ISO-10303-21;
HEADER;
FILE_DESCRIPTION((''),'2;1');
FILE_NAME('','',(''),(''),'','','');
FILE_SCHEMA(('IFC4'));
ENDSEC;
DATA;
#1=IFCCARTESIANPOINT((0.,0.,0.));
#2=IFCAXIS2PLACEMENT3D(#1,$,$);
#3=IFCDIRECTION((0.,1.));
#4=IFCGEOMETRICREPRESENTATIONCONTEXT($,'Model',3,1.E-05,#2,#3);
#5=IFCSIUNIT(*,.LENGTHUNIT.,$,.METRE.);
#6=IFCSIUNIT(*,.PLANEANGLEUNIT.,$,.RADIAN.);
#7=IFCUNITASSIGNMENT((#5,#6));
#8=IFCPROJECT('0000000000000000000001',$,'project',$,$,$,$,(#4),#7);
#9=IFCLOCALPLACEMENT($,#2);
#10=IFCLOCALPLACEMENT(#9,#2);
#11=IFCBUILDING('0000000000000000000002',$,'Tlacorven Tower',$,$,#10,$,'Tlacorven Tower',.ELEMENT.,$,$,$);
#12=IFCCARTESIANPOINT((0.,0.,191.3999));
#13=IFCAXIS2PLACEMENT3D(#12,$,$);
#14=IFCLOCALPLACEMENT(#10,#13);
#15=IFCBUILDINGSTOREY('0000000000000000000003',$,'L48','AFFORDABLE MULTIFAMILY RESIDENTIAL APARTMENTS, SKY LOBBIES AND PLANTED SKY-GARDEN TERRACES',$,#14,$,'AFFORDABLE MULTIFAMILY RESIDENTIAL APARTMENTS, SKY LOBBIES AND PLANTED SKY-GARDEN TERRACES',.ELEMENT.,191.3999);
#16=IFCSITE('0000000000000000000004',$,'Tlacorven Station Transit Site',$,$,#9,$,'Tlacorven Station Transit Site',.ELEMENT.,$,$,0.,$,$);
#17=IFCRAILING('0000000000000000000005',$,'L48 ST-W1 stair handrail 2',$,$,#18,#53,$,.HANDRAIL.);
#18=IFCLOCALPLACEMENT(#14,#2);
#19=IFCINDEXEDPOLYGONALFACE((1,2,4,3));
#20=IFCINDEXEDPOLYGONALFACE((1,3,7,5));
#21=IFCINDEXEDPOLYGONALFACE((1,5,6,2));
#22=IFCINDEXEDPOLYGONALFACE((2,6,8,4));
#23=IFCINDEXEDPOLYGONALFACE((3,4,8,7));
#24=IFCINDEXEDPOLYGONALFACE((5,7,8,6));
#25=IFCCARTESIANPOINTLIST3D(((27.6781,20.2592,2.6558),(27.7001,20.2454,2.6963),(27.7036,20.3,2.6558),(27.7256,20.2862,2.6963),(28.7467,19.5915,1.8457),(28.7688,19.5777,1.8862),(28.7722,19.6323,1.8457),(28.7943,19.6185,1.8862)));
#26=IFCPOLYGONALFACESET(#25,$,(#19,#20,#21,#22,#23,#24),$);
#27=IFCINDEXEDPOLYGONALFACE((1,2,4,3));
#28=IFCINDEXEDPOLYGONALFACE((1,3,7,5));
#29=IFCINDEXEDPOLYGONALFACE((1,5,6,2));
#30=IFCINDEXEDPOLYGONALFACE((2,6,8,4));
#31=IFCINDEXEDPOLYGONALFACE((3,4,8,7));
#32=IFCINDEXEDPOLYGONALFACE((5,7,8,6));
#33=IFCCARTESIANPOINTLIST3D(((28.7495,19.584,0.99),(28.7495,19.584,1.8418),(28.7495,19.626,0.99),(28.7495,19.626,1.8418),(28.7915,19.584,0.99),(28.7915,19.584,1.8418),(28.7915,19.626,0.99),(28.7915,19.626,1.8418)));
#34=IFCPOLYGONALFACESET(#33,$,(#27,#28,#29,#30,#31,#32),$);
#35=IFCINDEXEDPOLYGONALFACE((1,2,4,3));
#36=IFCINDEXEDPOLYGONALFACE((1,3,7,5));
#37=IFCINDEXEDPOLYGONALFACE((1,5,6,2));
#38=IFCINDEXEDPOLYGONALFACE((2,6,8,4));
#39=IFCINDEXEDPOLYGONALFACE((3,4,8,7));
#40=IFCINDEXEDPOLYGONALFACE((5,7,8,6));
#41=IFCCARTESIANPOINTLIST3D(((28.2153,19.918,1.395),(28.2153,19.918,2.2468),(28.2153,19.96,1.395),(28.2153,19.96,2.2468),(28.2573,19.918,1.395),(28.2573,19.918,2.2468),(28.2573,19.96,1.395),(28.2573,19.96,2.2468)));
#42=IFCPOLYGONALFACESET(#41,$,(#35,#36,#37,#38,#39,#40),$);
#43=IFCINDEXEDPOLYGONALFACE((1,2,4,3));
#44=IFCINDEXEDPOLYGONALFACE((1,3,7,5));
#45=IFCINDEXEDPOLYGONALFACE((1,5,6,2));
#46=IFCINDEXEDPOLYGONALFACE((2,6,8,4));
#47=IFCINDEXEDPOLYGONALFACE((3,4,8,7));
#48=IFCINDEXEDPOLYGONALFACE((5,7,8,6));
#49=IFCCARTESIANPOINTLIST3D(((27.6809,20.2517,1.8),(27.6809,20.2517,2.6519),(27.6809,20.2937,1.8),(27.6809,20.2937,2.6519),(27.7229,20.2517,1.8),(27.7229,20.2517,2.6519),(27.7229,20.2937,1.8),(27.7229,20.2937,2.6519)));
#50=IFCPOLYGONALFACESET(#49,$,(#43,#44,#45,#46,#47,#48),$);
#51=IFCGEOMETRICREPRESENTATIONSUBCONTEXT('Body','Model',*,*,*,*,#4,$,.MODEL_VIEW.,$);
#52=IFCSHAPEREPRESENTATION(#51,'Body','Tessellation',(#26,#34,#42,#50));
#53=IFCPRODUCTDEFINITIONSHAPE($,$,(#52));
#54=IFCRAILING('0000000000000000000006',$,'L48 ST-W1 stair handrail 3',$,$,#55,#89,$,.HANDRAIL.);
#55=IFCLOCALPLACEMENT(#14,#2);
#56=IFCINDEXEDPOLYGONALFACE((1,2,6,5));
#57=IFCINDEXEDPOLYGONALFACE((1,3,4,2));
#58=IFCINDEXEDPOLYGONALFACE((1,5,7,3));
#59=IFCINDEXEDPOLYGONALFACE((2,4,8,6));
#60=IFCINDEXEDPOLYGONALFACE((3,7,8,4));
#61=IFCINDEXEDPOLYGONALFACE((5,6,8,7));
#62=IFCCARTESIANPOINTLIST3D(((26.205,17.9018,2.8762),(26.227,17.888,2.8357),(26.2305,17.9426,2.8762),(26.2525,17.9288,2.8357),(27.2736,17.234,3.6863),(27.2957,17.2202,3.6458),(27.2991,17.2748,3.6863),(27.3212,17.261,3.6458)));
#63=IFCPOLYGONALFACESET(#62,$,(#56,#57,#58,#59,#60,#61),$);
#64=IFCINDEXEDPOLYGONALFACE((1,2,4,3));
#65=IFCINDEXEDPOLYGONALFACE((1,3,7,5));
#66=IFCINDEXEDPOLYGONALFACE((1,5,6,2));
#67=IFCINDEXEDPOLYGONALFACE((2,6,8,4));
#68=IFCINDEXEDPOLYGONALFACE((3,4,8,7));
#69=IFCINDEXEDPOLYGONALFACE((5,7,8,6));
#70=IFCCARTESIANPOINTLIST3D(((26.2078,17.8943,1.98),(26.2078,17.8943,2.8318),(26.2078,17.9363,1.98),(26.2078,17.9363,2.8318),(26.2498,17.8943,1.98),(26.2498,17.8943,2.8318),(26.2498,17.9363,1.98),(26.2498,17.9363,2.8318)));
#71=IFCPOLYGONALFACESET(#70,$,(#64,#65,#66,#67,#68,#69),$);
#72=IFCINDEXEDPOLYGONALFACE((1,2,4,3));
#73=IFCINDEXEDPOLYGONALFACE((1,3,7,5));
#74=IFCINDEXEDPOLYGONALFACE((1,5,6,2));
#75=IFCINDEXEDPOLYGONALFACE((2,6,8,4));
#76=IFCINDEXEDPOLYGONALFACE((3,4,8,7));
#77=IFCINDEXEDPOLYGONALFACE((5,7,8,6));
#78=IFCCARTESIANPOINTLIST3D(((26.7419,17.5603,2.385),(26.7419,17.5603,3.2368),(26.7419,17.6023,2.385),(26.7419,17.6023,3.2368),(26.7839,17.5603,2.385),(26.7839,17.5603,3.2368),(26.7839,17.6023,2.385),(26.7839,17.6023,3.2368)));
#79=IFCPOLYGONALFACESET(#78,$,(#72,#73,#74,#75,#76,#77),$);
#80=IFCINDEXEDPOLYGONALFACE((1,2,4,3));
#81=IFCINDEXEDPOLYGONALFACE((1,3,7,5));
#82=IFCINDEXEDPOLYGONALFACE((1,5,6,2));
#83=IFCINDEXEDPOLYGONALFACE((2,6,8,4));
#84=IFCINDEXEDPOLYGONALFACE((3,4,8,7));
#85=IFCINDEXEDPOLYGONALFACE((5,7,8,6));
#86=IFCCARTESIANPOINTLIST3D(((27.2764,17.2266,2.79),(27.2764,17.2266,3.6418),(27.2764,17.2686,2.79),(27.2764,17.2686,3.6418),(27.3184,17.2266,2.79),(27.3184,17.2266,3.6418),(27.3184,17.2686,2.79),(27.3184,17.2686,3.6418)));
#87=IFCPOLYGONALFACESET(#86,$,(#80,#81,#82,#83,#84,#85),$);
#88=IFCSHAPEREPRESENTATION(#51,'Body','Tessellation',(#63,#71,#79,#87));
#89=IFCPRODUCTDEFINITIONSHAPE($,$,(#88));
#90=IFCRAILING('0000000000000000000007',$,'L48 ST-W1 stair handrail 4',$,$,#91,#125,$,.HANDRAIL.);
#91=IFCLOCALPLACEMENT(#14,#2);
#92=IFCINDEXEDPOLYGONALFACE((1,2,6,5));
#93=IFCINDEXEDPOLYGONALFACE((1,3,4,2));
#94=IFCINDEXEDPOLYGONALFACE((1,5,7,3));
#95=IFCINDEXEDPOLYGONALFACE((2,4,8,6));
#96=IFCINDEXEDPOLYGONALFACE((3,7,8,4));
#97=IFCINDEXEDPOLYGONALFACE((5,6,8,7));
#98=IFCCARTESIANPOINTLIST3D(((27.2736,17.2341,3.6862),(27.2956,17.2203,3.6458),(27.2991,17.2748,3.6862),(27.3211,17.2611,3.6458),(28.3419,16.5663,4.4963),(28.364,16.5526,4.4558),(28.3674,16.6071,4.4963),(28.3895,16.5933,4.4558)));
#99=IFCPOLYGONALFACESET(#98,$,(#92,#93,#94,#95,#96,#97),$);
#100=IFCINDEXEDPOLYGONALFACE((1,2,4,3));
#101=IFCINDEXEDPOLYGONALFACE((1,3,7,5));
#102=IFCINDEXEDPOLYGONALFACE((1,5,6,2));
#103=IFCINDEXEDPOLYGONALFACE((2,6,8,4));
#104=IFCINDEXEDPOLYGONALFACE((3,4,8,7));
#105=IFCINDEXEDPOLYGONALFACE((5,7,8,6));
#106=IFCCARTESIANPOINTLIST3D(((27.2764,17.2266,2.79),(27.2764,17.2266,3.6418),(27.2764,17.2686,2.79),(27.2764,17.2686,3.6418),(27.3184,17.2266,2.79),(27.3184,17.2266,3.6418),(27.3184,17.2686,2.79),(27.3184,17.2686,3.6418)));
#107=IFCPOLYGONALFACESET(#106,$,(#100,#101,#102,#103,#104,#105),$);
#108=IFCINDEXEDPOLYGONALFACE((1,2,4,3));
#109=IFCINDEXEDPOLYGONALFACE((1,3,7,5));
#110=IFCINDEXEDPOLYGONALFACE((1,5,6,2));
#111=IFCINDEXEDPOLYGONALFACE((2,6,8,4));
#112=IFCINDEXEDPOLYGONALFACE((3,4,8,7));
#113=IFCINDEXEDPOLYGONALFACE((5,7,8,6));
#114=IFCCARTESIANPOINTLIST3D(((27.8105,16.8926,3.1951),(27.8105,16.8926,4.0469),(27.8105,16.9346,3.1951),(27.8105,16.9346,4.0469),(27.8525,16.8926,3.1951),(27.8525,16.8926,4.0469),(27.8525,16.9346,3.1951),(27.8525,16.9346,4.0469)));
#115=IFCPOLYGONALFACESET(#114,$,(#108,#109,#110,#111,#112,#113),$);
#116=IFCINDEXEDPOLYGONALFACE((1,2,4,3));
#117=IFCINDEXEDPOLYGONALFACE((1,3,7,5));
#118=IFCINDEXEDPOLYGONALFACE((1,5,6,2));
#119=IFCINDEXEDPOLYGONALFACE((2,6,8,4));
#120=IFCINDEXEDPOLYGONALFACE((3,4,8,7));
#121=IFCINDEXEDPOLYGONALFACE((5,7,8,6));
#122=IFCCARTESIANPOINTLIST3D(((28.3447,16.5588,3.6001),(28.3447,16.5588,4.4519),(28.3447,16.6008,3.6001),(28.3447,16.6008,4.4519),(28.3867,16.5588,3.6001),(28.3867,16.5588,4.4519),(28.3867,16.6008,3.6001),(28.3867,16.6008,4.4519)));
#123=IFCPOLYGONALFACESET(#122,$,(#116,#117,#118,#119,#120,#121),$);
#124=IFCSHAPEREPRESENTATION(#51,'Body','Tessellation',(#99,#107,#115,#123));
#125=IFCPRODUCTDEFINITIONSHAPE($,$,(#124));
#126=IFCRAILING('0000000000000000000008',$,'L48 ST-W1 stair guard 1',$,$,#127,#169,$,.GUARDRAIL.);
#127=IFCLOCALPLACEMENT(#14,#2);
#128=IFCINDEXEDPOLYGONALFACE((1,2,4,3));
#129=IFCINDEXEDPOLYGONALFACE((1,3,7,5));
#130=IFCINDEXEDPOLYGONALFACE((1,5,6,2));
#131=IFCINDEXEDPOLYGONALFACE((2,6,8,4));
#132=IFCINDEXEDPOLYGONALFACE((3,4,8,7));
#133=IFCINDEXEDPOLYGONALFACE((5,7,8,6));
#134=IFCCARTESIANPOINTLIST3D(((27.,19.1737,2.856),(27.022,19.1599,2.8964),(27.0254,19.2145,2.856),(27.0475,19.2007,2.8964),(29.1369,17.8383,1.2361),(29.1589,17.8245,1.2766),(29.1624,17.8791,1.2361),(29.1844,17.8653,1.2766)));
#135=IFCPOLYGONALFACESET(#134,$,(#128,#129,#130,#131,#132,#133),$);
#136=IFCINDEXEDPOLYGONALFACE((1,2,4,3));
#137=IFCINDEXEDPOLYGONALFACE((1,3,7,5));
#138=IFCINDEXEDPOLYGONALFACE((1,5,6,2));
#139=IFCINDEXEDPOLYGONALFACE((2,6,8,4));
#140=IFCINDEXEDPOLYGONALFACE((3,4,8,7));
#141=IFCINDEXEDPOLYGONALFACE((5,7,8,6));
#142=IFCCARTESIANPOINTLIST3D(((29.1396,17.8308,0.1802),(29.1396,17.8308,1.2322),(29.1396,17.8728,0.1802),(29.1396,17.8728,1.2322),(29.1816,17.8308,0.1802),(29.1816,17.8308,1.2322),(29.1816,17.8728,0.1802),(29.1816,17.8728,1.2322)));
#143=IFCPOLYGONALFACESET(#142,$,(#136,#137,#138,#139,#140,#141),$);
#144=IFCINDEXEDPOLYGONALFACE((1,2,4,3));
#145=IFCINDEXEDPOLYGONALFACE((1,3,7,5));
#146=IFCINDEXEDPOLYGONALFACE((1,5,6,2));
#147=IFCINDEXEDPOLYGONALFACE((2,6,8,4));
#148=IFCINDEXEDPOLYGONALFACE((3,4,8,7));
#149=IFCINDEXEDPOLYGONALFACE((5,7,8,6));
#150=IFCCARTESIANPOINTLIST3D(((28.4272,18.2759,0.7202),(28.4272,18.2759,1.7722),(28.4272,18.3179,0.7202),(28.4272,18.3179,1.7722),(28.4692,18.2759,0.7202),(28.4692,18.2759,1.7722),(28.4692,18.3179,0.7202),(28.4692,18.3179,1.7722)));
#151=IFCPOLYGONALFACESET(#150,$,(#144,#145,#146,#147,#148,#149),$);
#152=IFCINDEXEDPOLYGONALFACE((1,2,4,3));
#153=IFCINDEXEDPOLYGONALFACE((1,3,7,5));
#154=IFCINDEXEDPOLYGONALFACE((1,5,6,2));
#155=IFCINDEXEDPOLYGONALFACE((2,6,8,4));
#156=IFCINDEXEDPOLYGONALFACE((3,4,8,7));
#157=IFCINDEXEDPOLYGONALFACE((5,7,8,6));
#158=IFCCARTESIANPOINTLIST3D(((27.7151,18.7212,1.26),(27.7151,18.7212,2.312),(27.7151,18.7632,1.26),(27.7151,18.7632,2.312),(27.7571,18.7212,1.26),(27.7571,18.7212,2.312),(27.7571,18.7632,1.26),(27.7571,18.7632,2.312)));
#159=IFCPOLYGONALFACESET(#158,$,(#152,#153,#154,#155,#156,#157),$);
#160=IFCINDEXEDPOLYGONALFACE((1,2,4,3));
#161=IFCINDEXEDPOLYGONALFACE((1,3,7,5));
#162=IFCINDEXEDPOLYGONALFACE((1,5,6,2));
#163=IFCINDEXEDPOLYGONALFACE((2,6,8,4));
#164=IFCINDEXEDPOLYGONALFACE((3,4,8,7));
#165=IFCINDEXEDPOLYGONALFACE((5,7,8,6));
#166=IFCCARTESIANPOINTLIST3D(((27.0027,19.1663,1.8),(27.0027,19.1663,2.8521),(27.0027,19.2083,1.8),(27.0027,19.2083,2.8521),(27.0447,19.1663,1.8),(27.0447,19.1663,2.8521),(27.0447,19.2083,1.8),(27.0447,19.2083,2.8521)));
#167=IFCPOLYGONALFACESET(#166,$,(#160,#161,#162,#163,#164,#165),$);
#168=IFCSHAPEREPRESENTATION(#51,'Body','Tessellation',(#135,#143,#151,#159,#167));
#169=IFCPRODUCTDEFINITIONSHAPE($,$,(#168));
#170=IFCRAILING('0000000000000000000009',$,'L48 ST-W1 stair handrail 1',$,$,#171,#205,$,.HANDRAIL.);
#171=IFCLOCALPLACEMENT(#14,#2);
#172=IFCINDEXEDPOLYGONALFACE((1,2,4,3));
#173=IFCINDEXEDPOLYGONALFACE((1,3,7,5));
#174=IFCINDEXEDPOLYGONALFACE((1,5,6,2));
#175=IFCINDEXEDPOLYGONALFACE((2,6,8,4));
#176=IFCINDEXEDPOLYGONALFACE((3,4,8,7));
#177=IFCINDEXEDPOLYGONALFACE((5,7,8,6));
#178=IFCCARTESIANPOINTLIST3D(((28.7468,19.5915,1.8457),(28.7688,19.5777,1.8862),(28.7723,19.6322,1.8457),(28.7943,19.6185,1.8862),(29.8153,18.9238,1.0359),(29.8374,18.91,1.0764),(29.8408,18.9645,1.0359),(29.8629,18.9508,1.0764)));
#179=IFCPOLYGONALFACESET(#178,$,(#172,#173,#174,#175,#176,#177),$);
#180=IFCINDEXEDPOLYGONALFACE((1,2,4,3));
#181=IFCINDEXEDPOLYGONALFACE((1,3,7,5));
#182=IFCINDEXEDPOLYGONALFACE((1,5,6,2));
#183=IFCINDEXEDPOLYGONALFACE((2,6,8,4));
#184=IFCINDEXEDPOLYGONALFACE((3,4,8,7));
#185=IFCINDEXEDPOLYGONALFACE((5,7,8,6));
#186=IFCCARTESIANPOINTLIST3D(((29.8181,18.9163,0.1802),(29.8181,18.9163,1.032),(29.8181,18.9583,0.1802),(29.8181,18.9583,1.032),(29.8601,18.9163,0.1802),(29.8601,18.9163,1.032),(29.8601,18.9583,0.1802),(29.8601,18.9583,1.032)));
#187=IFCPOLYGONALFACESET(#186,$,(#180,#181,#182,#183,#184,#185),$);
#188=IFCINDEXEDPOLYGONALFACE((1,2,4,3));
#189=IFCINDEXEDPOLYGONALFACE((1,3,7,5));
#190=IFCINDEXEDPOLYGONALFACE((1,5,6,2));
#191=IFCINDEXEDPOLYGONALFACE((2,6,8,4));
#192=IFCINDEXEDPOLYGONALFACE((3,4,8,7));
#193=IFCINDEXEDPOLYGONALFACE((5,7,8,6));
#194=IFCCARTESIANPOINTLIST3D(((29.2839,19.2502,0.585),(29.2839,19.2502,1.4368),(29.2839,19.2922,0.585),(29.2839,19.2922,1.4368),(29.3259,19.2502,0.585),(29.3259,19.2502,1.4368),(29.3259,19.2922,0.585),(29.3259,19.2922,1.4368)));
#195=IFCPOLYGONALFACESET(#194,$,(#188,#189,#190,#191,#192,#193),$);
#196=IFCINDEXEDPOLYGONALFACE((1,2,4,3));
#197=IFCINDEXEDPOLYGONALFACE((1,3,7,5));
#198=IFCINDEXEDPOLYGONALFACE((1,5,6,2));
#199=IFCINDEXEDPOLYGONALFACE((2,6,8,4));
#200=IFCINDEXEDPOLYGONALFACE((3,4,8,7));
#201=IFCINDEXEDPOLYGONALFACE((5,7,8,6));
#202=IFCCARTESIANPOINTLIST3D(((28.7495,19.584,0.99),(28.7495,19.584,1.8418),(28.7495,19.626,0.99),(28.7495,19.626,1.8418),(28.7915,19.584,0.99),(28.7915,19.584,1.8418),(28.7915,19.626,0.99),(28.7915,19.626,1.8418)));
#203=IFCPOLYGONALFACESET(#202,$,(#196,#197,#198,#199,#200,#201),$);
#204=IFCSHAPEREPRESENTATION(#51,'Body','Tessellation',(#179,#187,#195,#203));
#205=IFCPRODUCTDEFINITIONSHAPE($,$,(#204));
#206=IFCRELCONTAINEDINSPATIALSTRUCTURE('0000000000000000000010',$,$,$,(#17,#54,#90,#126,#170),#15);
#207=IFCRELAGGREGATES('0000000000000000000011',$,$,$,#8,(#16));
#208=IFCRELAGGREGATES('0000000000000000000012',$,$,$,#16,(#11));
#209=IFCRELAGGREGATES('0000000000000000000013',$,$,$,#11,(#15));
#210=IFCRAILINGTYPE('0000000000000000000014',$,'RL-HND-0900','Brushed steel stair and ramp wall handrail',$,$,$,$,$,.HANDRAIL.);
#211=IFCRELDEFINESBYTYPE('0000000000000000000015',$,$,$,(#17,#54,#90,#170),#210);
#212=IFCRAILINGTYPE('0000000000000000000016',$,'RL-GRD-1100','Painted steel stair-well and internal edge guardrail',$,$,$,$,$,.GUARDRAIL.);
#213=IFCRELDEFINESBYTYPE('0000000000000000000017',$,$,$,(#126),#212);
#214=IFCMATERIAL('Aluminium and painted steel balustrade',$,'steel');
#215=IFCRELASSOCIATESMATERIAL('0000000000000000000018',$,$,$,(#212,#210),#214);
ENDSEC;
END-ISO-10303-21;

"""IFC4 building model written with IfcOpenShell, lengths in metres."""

from ifc_helpers import new_model, si_unit, direction, frame, origin, origin_2d, place, context, subcontext, project, spatial, rectangle, extrude, source, transform, mapped, material, type_object, element, save


model = new_model("IFC4")

# Units and contexts
model_context = context("Model", 3, precision=1e-05, world=origin(), true_north=direction((0.0, 1.0)))
body_context = subcontext(model_context, "Body", "Model", "MODEL_VIEW")
ifc_project = project(units=[si_unit("LENGTHUNIT", "METRE"), si_unit("PLANEANGLEUNIT", "RADIAN")], contexts=[model_context])

# Site, building, storey
site_placement = place(None, origin())
site = spatial("IfcSite", under=ifc_project, at=site_placement, Name="Tlacorven Station Transit Site", LongName="Tlacorven Station Transit Site", CompositionType="ELEMENT", RefElevation=0.0)
building_placement = place(site_placement, origin())
building = spatial("IfcBuilding", under=site, at=building_placement, Name="Tlacorven Tower", LongName="Tlacorven Tower", CompositionType="ELEMENT")
storey_placement = place(building_placement, frame((0.0, 0.0, 191.3999)))
storey = spatial("IfcBuildingStorey", under=building, at=storey_placement, Name="L48", Description="AFFORDABLE MULTIFAMILY RESIDENTIAL APARTMENTS, SKY LOBBIES AND PLANTED SKY-GARDEN TERRACES", LongName="AFFORDABLE MULTIFAMILY RESIDENTIAL APARTMENTS, SKY LOBBIES AND PLANTED SKY-GARDEN TERRACES", CompositionType="ELEMENT", Elevation=191.3999)

# Railings
ifc_material_1 = material(Name="Aluminium and painted steel balustrade", Category="steel")
railing_type_1 = type_object("IfcRailingType", Name="RL-GRD-1100", Description="Painted steel stair-well and internal edge guardrail", PredefinedType="GUARDRAIL", material=ifc_material_1)
railing_type_2 = type_object("IfcRailingType", Name="RL-HND-0900", Description="Brushed steel stair and ramp wall handrail", PredefinedType="HANDRAIL", material=ifc_material_1)
shared_shape_1 = source(origin(), body_context, "Body", "SweptSolid", [
    extrude(rectangle(XDim=0.0481, YDim=0.0481, at=origin_2d()), frame((0.0, 0.0, 0.876), z_axis=(-0.71336, 0.445748, 0.540765), x_axis=(-0.529912, -0.848053, 0.0)), (0.0, 0.0, 1.0), 1.498),
    extrude(rectangle(XDim=0.042, YDim=0.042, at=origin_2d()), origin(), (0.0, 0.0, 1.0), 0.8518),
    extrude(rectangle(XDim=0.042, YDim=0.042, at=origin_2d()), frame((-0.5342, 0.334, 0.405)), (0.0, 0.0, 1.0), 0.8518),
    extrude(rectangle(XDim=0.042, YDim=0.042, at=origin_2d()), frame((-1.0686, 0.6677, 0.8101)), (0.0, 0.0, 1.0), 0.8518),
])
railing_1_placement = place(storey_placement, frame((28.7705, 19.605, 0.99)))
element("IfcRailing", 1, at=railing_1_placement, inside=storey, type_object=railing_type_2, Name="L48 ST-W1 stair handrail 2", PredefinedType="HANDRAIL", context=body_context, shape_type="MappedRepresentation", body=[
    mapped(shared_shape_1, transform((0.0, 0.0, 0.0), scale=1.0)),
])
shared_shape_2 = source(origin(), body_context, "Body", "SweptSolid", [
    extrude(rectangle(XDim=0.0481, YDim=0.0481, at=origin_2d()), frame((0.0, 0.0, 0.876), z_axis=(0.71336, -0.445748, 0.540765), x_axis=(0.529912, 0.848053, 0.0)), (0.0, 0.0, 1.0), 1.498),
    extrude(rectangle(XDim=0.042, YDim=0.042, at=origin_2d()), origin(), (0.0, 0.0, 1.0), 0.8518),
    extrude(rectangle(XDim=0.042, YDim=0.042, at=origin_2d()), frame((0.5342, -0.334, 0.405)), (0.0, 0.0, 1.0), 0.8518),
    extrude(rectangle(XDim=0.042, YDim=0.042, at=origin_2d()), frame((1.0686, -0.6677, 0.8101)), (0.0, 0.0, 1.0), 0.8518),
])
railing_2_placement = place(storey_placement, frame((26.2288, 17.9153, 1.98)))
element("IfcRailing", 2, at=railing_2_placement, inside=storey, type_object=railing_type_2, Name="L48 ST-W1 stair handrail 3", PredefinedType="HANDRAIL", context=body_context, shape_type="MappedRepresentation", body=[
    mapped(shared_shape_2, transform((0.0, 0.0, 0.0), scale=1.0)),
])
shared_shape_3 = source(origin(), body_context, "Body", "SweptSolid", [
    extrude(rectangle(XDim=0.0481, YDim=0.0481, at=origin_2d()), frame((0.0, 0.0, 0.876), z_axis=(0.71328, -0.4458, 0.540828), x_axis=(0.529999, 0.847998, 0.0)), (0.0, 0.0, 1.0), 1.4978),
    extrude(rectangle(XDim=0.042, YDim=0.042, at=origin_2d()), origin(), (0.0, 0.0, 1.0), 0.8518),
    extrude(rectangle(XDim=0.042, YDim=0.042, at=origin_2d()), frame((0.5342, -0.334, 0.405)), (0.0, 0.0, 1.0), 0.8518),
    extrude(rectangle(XDim=0.042, YDim=0.042, at=origin_2d()), frame((1.0684, -0.6677, 0.8101)), (0.0, 0.0, 1.0), 0.8518),
])
railing_3_placement = place(storey_placement, frame((27.2974, 17.2476, 2.79)))
element("IfcRailing", 3, at=railing_3_placement, inside=storey, type_object=railing_type_2, Name="L48 ST-W1 stair handrail 4", PredefinedType="HANDRAIL", context=body_context, shape_type="MappedRepresentation", body=[
    mapped(shared_shape_3, transform((0.0, 0.0, 0.0), scale=1.0)),
])
shared_shape_4 = source(origin(), body_context, "Body", "SweptSolid", [
    extrude(rectangle(XDim=0.0481, YDim=0.0481, at=origin_2d()), frame((0.0, 0.0, 1.0762), z_axis=(-0.713351, 0.445794, 0.540739), x_axis=(-0.529955, -0.848026, 0.0)), (0.0, 0.0, 1.0), 2.9956),
    extrude(rectangle(XDim=0.042, YDim=0.042, at=origin_2d()), origin(), (0.0, 0.0, 1.0), 1.052),
    extrude(rectangle(XDim=0.042, YDim=0.042, at=origin_2d()), frame((-0.7124, 0.4451, 0.54)), (0.0, 0.0, 1.0), 1.052),
    extrude(rectangle(XDim=0.042, YDim=0.042, at=origin_2d()), frame((-1.4246, 0.8904, 1.0798)), (0.0, 0.0, 1.0), 1.052),
    extrude(rectangle(XDim=0.042, YDim=0.042, at=origin_2d()), frame((-2.137, 1.3354, 1.6199)), (0.0, 0.0, 1.0), 1.052),
])
railing_4_placement = place(storey_placement, frame((29.1606, 17.8518, 0.1802)))
element("IfcRailing", 4, at=railing_4_placement, inside=storey, type_object=railing_type_1, Name="L48 ST-W1 stair guard 1", PredefinedType="GUARDRAIL", context=body_context, shape_type="MappedRepresentation", body=[
    mapped(shared_shape_4, transform((0.0, 0.0, 0.0), scale=1.0)),
])
shared_shape_5 = source(origin(), body_context, "Body", "SweptSolid", [
    extrude(rectangle(XDim=0.0481, YDim=0.0481, at=origin_2d()), frame((0.0, 0.0, 0.876), z_axis=(-0.713423, 0.445787, 0.540649), x_axis=(-0.529912, -0.848053, 0.0)), (0.0, 0.0, 1.0), 1.4978),
    extrude(rectangle(XDim=0.042, YDim=0.042, at=origin_2d()), origin(), (0.0, 0.0, 1.0), 0.8518),
    extrude(rectangle(XDim=0.042, YDim=0.042, at=origin_2d()), frame((-0.5342, 0.334, 0.4048)), (0.0, 0.0, 1.0), 0.8518),
    extrude(rectangle(XDim=0.042, YDim=0.042, at=origin_2d()), frame((-1.0686, 0.6677, 0.8098)), (0.0, 0.0, 1.0), 0.8518),
])
railing_5_placement = place(storey_placement, frame((29.8391, 18.9373, 0.1802)))
element("IfcRailing", 5, at=railing_5_placement, inside=storey, type_object=railing_type_2, Name="L48 ST-W1 stair handrail 1", PredefinedType="HANDRAIL", context=body_context, shape_type="MappedRepresentation", body=[
    mapped(shared_shape_5, transform((0.0, 0.0, 0.0), scale=1.0)),
])

save(model, "model.ifc")
